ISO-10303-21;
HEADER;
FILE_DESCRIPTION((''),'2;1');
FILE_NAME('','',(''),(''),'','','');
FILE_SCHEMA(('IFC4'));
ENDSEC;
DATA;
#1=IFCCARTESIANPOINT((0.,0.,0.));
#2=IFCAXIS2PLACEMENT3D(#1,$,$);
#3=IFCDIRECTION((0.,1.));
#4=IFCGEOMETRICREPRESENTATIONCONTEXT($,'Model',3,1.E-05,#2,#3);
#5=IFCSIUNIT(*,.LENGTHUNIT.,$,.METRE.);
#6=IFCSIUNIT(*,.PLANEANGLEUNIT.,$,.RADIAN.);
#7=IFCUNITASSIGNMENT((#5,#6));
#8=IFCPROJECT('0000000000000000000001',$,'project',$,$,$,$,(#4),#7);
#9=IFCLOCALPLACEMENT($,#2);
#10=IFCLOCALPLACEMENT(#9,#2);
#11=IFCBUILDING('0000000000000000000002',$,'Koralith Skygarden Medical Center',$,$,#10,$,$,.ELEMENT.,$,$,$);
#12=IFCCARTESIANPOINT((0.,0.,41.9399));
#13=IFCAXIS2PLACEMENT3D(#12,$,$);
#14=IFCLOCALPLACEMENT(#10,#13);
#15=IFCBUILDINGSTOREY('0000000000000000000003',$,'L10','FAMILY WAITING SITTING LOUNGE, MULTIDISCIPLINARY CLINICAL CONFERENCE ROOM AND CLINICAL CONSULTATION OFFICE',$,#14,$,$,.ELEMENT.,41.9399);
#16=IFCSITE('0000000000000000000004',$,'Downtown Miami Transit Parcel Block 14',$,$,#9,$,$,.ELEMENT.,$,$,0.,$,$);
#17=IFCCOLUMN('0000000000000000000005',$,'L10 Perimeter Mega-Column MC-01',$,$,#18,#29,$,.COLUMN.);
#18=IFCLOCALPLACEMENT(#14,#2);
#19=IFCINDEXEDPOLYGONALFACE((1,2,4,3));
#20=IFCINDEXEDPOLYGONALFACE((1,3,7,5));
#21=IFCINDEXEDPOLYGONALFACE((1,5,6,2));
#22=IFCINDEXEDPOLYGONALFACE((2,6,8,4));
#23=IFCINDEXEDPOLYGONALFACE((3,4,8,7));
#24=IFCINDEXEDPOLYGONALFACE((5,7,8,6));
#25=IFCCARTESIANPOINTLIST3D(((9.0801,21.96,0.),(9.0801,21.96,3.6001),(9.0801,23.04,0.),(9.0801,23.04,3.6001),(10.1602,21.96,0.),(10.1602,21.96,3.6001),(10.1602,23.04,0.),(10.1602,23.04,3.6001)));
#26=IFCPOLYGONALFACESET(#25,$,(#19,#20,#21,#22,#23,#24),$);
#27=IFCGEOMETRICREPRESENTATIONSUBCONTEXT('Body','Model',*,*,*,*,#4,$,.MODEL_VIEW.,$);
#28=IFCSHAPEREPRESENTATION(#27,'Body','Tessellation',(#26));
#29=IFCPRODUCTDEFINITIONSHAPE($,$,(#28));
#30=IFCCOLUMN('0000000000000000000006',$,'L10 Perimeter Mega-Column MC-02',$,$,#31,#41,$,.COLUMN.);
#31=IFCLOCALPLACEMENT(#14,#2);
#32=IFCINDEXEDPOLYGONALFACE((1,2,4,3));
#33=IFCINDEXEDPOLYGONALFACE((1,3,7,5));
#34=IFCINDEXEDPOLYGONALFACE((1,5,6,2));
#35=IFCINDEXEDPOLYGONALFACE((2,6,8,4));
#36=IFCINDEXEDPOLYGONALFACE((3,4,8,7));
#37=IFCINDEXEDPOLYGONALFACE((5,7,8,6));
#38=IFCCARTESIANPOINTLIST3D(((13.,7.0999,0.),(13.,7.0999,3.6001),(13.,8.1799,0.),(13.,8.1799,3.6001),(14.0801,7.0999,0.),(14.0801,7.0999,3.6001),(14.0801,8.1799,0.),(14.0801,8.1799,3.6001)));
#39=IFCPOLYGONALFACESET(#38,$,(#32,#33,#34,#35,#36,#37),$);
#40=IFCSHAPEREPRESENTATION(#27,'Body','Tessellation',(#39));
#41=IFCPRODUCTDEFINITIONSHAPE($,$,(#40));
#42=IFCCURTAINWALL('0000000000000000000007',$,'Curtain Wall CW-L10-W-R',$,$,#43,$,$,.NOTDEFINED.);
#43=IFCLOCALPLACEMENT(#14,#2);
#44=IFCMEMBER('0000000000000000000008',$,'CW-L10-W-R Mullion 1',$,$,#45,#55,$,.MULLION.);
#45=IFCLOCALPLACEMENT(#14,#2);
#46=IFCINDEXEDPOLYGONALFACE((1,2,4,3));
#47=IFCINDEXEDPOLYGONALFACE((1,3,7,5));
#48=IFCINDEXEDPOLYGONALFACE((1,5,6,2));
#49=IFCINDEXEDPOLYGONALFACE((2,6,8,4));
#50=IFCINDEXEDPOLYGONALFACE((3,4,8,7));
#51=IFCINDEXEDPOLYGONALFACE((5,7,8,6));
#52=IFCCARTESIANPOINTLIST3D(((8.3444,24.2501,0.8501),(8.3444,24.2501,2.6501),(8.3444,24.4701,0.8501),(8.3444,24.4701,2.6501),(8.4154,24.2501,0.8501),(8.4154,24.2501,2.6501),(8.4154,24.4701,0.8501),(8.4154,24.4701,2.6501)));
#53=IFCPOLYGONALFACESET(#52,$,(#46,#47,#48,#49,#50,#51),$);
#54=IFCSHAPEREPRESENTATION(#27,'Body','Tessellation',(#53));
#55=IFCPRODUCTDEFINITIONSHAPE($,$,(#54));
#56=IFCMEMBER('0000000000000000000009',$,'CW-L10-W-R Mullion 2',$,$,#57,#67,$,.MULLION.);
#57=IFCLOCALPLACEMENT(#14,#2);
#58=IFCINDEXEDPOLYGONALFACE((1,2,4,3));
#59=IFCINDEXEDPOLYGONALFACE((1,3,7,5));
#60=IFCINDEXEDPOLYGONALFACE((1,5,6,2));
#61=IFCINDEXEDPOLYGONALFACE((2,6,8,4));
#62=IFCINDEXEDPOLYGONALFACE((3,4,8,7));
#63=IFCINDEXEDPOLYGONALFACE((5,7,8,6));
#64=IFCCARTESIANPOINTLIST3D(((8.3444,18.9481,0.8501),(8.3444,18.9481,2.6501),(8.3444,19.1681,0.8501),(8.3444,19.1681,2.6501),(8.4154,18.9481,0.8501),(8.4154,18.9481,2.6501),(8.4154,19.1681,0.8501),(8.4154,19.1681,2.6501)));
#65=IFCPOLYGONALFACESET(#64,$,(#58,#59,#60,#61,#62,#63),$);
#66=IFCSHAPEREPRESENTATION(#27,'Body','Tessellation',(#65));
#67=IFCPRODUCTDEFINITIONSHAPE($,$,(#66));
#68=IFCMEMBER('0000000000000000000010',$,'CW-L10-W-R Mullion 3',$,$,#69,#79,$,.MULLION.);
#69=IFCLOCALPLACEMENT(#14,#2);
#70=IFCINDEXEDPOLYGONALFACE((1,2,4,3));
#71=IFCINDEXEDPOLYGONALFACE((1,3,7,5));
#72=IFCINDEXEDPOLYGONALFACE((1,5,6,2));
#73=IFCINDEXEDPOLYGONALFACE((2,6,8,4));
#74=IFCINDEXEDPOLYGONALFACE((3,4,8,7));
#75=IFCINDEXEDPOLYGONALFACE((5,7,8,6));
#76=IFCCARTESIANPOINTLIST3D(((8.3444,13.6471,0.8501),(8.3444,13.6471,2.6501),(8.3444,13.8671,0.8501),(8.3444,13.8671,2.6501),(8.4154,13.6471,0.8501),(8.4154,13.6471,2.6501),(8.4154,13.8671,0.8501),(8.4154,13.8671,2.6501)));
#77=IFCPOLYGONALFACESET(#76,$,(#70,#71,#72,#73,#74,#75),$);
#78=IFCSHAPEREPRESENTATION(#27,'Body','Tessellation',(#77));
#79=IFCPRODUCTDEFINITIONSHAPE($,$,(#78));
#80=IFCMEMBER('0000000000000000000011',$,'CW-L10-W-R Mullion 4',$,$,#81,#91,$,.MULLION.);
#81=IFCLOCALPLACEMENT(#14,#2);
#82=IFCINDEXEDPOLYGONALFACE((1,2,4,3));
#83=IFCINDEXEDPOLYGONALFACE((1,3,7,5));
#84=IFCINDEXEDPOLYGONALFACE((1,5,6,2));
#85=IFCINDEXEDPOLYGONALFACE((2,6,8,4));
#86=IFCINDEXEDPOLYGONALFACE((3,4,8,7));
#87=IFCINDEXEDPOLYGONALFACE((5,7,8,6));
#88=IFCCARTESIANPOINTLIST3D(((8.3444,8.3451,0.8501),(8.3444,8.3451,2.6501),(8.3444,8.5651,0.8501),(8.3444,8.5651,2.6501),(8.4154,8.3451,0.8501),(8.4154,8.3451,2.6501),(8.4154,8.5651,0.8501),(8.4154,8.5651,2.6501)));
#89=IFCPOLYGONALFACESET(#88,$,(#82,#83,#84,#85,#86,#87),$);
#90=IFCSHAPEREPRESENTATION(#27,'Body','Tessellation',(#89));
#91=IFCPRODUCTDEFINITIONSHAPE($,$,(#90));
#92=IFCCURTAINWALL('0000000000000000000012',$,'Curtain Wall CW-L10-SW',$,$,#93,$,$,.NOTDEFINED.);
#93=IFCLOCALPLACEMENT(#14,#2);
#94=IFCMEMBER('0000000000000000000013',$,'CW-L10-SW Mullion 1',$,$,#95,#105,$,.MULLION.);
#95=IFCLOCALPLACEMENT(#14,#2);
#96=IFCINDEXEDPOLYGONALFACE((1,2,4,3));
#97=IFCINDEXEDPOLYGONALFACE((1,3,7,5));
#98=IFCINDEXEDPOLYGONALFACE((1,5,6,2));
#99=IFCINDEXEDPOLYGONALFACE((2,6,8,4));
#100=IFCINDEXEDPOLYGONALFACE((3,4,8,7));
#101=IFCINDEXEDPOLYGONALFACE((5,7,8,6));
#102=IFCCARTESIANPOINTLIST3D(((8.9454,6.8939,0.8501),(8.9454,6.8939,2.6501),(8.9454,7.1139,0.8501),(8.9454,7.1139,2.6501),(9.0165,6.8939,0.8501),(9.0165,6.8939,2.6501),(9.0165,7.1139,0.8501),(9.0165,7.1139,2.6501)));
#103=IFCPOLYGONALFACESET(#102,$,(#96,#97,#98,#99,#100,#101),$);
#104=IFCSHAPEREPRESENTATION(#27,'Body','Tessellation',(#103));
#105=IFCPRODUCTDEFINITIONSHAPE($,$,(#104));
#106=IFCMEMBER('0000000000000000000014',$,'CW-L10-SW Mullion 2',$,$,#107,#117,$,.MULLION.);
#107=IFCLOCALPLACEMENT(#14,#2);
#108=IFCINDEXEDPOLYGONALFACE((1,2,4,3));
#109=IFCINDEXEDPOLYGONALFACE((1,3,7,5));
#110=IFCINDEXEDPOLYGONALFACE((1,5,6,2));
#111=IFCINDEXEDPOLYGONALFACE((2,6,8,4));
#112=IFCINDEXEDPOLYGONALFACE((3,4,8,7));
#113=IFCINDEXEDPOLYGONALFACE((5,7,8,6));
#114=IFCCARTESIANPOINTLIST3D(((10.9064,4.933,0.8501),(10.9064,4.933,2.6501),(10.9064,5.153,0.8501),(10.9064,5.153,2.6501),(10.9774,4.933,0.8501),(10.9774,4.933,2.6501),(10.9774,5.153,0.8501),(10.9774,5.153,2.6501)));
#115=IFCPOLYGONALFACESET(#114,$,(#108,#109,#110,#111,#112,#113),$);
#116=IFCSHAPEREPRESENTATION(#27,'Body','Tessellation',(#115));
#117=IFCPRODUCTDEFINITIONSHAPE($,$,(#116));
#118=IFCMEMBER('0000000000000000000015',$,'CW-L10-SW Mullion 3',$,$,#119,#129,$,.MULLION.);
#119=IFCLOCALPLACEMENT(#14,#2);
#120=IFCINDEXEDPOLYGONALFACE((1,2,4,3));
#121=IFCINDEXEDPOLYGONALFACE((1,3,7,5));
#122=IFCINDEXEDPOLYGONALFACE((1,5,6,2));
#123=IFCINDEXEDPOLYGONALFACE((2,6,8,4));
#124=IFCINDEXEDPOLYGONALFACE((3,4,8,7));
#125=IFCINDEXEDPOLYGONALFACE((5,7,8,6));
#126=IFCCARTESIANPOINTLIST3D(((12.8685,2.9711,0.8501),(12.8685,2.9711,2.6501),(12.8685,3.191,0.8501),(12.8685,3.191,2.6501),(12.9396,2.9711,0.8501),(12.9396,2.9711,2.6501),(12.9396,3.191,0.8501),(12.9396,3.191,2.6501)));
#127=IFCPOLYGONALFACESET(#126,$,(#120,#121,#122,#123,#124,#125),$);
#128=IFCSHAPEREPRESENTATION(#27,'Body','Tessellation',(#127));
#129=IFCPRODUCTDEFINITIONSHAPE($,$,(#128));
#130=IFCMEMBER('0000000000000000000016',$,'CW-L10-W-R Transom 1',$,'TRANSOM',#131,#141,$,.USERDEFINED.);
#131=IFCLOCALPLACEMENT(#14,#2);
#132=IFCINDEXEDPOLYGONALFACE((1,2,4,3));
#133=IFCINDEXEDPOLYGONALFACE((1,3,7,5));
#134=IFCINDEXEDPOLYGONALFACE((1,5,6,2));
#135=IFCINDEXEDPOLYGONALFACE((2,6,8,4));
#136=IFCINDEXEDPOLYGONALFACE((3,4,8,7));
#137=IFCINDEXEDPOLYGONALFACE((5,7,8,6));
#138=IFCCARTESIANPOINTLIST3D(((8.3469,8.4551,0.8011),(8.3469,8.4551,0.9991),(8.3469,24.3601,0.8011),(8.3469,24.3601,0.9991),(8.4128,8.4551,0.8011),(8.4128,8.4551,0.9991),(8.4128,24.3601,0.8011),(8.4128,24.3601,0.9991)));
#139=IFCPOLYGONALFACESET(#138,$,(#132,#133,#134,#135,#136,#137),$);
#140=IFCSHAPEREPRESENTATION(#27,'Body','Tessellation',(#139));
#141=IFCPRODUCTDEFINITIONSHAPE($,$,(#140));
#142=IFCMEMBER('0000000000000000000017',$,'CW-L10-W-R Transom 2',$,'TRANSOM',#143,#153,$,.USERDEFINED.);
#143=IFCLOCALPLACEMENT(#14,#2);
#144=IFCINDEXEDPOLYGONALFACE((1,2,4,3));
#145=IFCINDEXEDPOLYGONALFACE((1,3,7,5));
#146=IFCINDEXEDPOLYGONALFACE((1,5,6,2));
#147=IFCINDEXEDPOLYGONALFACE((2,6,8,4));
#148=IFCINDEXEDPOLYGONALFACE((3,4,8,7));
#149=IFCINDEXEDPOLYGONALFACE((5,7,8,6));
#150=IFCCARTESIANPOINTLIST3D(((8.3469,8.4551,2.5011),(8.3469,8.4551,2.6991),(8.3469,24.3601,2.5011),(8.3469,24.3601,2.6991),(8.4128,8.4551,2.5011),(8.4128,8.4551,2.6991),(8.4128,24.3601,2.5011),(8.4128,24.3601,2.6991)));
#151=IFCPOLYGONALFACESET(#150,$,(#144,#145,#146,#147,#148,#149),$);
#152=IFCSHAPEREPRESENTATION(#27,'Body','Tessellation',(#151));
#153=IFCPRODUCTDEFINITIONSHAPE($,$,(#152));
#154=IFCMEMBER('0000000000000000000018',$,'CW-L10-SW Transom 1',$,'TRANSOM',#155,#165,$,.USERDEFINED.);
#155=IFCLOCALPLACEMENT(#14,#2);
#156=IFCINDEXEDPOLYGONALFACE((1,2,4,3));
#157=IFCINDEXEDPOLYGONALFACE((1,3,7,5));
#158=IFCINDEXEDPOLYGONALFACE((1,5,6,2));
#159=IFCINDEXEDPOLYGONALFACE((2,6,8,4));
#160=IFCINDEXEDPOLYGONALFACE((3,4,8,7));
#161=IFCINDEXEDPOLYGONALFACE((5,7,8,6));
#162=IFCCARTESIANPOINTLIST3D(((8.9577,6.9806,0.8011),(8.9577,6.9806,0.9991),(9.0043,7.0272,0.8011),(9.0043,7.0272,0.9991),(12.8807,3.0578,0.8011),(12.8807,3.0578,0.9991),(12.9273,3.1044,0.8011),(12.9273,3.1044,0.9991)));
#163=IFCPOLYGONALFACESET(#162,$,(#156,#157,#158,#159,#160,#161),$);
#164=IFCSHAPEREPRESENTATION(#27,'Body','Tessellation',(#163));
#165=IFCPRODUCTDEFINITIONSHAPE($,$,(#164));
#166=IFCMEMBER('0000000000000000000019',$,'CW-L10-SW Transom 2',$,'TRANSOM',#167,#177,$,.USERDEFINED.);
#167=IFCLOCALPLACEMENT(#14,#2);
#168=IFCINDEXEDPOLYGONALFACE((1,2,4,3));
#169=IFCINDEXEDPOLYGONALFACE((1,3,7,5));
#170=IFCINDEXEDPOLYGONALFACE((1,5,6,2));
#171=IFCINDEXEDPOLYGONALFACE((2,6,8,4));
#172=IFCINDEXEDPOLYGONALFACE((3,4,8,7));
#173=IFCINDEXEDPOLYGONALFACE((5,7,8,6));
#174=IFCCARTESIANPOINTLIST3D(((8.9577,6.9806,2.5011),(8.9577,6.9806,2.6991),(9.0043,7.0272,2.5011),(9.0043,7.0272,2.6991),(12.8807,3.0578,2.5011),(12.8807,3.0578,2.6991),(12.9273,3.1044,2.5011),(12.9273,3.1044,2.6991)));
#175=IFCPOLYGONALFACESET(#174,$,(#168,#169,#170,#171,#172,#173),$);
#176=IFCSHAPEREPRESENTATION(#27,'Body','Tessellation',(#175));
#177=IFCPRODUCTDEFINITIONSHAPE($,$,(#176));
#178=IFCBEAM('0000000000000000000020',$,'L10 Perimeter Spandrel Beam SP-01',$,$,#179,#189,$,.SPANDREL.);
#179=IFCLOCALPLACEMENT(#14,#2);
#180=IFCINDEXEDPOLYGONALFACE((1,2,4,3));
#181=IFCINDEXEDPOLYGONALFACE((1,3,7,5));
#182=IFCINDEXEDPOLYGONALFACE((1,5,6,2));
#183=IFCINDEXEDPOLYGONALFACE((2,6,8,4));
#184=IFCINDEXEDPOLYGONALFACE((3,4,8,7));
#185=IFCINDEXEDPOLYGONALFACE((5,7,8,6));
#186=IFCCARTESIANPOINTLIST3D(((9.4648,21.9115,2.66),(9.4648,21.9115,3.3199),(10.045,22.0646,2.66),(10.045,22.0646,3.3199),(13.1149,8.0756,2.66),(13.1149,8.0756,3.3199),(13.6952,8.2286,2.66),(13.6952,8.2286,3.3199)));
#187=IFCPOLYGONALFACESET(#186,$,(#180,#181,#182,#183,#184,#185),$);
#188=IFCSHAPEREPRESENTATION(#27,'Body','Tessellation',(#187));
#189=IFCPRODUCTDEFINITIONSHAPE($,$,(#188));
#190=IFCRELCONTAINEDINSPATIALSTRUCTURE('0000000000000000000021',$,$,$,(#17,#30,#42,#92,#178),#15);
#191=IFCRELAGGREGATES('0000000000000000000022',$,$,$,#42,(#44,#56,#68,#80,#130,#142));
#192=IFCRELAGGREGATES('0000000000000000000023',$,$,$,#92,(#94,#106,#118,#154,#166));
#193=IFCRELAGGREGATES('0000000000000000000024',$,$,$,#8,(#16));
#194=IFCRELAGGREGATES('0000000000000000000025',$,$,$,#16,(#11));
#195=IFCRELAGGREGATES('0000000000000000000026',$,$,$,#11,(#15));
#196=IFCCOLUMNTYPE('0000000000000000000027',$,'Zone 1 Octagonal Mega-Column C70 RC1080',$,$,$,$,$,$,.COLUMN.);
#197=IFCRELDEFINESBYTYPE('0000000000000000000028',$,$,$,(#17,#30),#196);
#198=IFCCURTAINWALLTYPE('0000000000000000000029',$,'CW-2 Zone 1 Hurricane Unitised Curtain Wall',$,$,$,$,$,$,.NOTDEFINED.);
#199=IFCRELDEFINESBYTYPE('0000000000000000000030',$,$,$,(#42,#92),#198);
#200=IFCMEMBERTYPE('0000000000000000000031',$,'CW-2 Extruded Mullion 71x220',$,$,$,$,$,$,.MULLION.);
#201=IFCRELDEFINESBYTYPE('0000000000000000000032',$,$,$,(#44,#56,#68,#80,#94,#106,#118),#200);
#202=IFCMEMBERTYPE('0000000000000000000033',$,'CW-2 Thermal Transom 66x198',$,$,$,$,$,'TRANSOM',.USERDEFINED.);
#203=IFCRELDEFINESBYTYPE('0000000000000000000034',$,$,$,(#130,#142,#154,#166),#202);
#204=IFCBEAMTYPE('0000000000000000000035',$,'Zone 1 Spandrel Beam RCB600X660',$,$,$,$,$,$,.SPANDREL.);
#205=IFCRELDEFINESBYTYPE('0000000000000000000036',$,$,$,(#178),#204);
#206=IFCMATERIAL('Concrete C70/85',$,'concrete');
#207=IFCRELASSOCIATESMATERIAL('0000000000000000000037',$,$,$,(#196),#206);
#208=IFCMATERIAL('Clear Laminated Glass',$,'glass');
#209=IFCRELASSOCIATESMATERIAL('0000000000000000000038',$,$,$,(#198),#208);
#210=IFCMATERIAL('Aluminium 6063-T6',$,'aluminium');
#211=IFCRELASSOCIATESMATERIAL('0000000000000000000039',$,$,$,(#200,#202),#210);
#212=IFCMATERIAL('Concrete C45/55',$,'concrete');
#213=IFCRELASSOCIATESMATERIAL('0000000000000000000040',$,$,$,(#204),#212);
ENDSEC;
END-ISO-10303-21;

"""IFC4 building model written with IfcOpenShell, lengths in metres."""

from ifc_helpers import new_model, si_unit, direction, frame, origin, origin_2d, place, context, subcontext, project, spatial, rectangle, extrude, material, material_profile, profile_set, type_object, element, aggregate, save


model = new_model("IFC4")

# Units and contexts
model_context = context("Model", 3, precision=1e-05, world=origin(), true_north=direction((0.0, 1.0)))
body_context = subcontext(model_context, "Body", "Model", "MODEL_VIEW")
ifc_project = project(units=[si_unit("LENGTHUNIT", "METRE"), si_unit("PLANEANGLEUNIT", "RADIAN")], contexts=[model_context])

# Site, building, storey
site_placement = place(None, origin())
site = spatial("IfcSite", under=ifc_project, at=site_placement, Name="Downtown Miami Transit Parcel Block 14", CompositionType="ELEMENT", RefElevation=0.0)
building_placement = place(site_placement, origin())
building = spatial("IfcBuilding", under=site, at=building_placement, Name="Koralith Skygarden Medical Center", CompositionType="ELEMENT")
storey_placement = place(building_placement, frame((0.0, 0.0, 41.9399)))
storey = spatial("IfcBuildingStorey", under=building, at=storey_placement, Name="L10", Description="FAMILY WAITING SITTING LOUNGE, MULTIDISCIPLINARY CLINICAL CONFERENCE ROOM AND CLINICAL CONSULTATION OFFICE", CompositionType="ELEMENT", Elevation=41.9399)

# Columns
ifc_material_1 = material(Name="Concrete C70/85", Category="concrete")
ifc_material_profile_1 = material_profile(ifc_material_1, rectangle(XDim=1.0801, YDim=1.0801, at=origin_2d()), Name="RC1080X1080")
ifc_profile_set_1 = profile_set([ifc_material_profile_1], Name="Concrete C70/85")
column_type = type_object("IfcColumnType", Name="Zone 1 Octagonal Mega-Column C70 RC1080", PredefinedType="COLUMN", material=ifc_profile_set_1)
for number, where, z_axis, x_axis, name in (
    (1, (9.6201, 22.5, 0.0), (0.0, 0.0, 1.0), (1.0, 0.0, 0.0), "L10 Perimeter Mega-Column MC-01"),
    (2, (13.54, 7.6399, 0.0), (0.0, 0.0, 1.0), (1.0, 0.0, 0.0), "L10 Perimeter Mega-Column MC-02"),
):
    element("IfcColumn", number, at=place(storey_placement, frame(where, z_axis=z_axis, x_axis=x_axis)), inside=storey, type_object=column_type, Name=name, PredefinedType="COLUMN", context=body_context, shape_type="SweptSolid", body=[
        extrude(rectangle(XDim=1.0801, YDim=1.0801, at=origin_2d()), origin(), (0.0, 0.0, 1.0), 3.6001),
    ])

# Curtain walls, members
ifc_material_2 = material(Name="Clear Laminated Glass", Category="glass")
curtain_wall_type = type_object("IfcCurtainWallType", Name="CW-2 Zone 1 Hurricane Unitised Curtain Wall", PredefinedType="NOTDEFINED", material=ifc_material_2)
curtain_wall_1_placement = place(storey_placement, origin())
curtain_wall_1 = element("IfcCurtainWall", 3, at=curtain_wall_1_placement, inside=storey, type_object=curtain_wall_type, Name="Curtain Wall CW-L10-W-R", PredefinedType="NOTDEFINED")
ifc_material_3 = material(Name="Aluminium 6063-T6", Category="aluminium")
ifc_material_profile_2 = material_profile(ifc_material_3, rectangle(XDim=0.071, YDim=0.22, at=origin_2d()), Name="MUL71X220")
ifc_profile_set_2 = profile_set([ifc_material_profile_2], Name="Aluminium 6063-T6")
member_type_1 = type_object("IfcMemberType", Name="CW-2 Extruded Mullion 71x220", PredefinedType="MULLION", material=ifc_profile_set_2)
member_1_placement = place(storey_placement, frame((8.3799, 24.3601, 0.8501), z_axis=(0.0, 0.0, 1.0), x_axis=(1.0, 0.0, 0.0)))
member_1 = element("IfcMember", 4, at=member_1_placement, type_object=member_type_1, Name="CW-L10-W-R Mullion 1", PredefinedType="MULLION", context=body_context, shape_type="SweptSolid", body=[
    extrude(rectangle(XDim=0.071, YDim=0.22, at=origin_2d()), origin(), (0.0, 0.0, 1.0), 1.8),
])
member_2_placement = place(storey_placement, frame((8.3799, 19.0581, 0.8501), z_axis=(0.0, 0.0, 1.0), x_axis=(1.0, 0.0, 0.0)))
member_2 = element("IfcMember", 5, at=member_2_placement, type_object=member_type_1, Name="CW-L10-W-R Mullion 2", PredefinedType="MULLION", context=body_context, shape_type="SweptSolid", body=[
    extrude(rectangle(XDim=0.071, YDim=0.22, at=origin_2d()), origin(), (0.0, 0.0, 1.0), 1.8),
])
member_3_placement = place(storey_placement, frame((8.3799, 13.7571, 0.8501), z_axis=(0.0, 0.0, 1.0), x_axis=(1.0, 0.0, 0.0)))
member_3 = element("IfcMember", 6, at=member_3_placement, type_object=member_type_1, Name="CW-L10-W-R Mullion 3", PredefinedType="MULLION", context=body_context, shape_type="SweptSolid", body=[
    extrude(rectangle(XDim=0.071, YDim=0.22, at=origin_2d()), origin(), (0.0, 0.0, 1.0), 1.8),
])
member_4_placement = place(storey_placement, frame((8.3799, 8.4551, 0.8501), z_axis=(0.0, 0.0, 1.0), x_axis=(1.0, 0.0, 0.0)))
member_4 = element("IfcMember", 7, at=member_4_placement, type_object=member_type_1, Name="CW-L10-W-R Mullion 4", PredefinedType="MULLION", context=body_context, shape_type="SweptSolid", body=[
    extrude(rectangle(XDim=0.071, YDim=0.22, at=origin_2d()), origin(), (0.0, 0.0, 1.0), 1.8),
])
curtain_wall_2_placement = place(storey_placement, origin())
curtain_wall_2 = element("IfcCurtainWall", 8, at=curtain_wall_2_placement, inside=storey, type_object=curtain_wall_type, Name="Curtain Wall CW-L10-SW", PredefinedType="NOTDEFINED")
member_5_placement = place(storey_placement, frame((8.981, 7.0039, 0.8501), z_axis=(0.0, 0.0, 1.0), x_axis=(1.0, 0.0, 0.0)))
member_5 = element("IfcMember", 9, at=member_5_placement, type_object=member_type_1, Name="CW-L10-SW Mullion 1", PredefinedType="MULLION", context=body_context, shape_type="SweptSolid", body=[
    extrude(rectangle(XDim=0.071, YDim=0.22, at=origin_2d()), origin(), (0.0, 0.0, 1.0), 1.8),
])
member_6_placement = place(storey_placement, frame((10.9419, 5.043, 0.8501), z_axis=(0.0, 0.0, 1.0), x_axis=(1.0, 0.0, 0.0)))
member_6 = element("IfcMember", 10, at=member_6_placement, type_object=member_type_1, Name="CW-L10-SW Mullion 2", PredefinedType="MULLION", context=body_context, shape_type="SweptSolid", body=[
    extrude(rectangle(XDim=0.071, YDim=0.22, at=origin_2d()), origin(), (0.0, 0.0, 1.0), 1.8),
])
member_7_placement = place(storey_placement, frame((12.9041, 3.0811, 0.8501), z_axis=(0.0, 0.0, 1.0), x_axis=(1.0, 0.0, 0.0)))
member_7 = element("IfcMember", 11, at=member_7_placement, type_object=member_type_1, Name="CW-L10-SW Mullion 3", PredefinedType="MULLION", context=body_context, shape_type="SweptSolid", body=[
    extrude(rectangle(XDim=0.071, YDim=0.22, at=origin_2d()), origin(), (0.0, 0.0, 1.0), 1.8),
])

# Members
ifc_material_profile_3 = material_profile(ifc_material_3, rectangle(XDim=0.0659, YDim=0.198, at=origin_2d()), Name="TRN66X198")
ifc_profile_set_3 = profile_set([ifc_material_profile_3], Name="Aluminium 6063-T6")
member_type_2 = type_object("IfcMemberType", Name="CW-2 Thermal Transom 66x198", ElementType="TRANSOM", PredefinedType="USERDEFINED", material=ifc_profile_set_3)
member_8_placement = place(storey_placement, frame((8.3799, 24.3601, 0.9001), z_axis=(0.0, -1.0, 0.0), x_axis=(1.0, 0.0, 0.0)))
member_8 = element("IfcMember", 12, at=member_8_placement, type_object=member_type_2, Name="CW-L10-W-R Transom 1", ObjectType="TRANSOM", PredefinedType="USERDEFINED", context=body_context, shape_type="SweptSolid", body=[
    extrude(rectangle(XDim=0.0659, YDim=0.198, at=origin_2d()), origin(), (0.0, 0.0, 1.0), 15.905),
])
member_9_placement = place(storey_placement, frame((8.3799, 24.3601, 2.6001), z_axis=(0.0, -1.0, 0.0), x_axis=(1.0, 0.0, 0.0)))
member_9 = element("IfcMember", 13, at=member_9_placement, type_object=member_type_2, Name="CW-L10-W-R Transom 2", ObjectType="TRANSOM", PredefinedType="USERDEFINED", context=body_context, shape_type="SweptSolid", body=[
    extrude(rectangle(XDim=0.0659, YDim=0.198, at=origin_2d()), origin(), (0.0, 0.0, 1.0), 15.905),
])
member_10_placement = place(storey_placement, frame((8.981, 7.0039, 0.9001), z_axis=(0.707129, -0.707085, 0.0), x_axis=(0.707085, 0.707129, 0.0)))
member_10 = element("IfcMember", 14, at=member_10_placement, type_object=member_type_2, Name="CW-L10-SW Transom 1", ObjectType="TRANSOM", PredefinedType="USERDEFINED", context=body_context, shape_type="SweptSolid", body=[
    extrude(rectangle(XDim=0.0659, YDim=0.198, at=origin_2d()), origin(), (0.0, 0.0, 1.0), 5.5479),
])
member_11_placement = place(storey_placement, frame((8.981, 7.0039, 2.6001), z_axis=(0.707129, -0.707085, 0.0), x_axis=(0.707085, 0.707129, 0.0)))
member_11 = element("IfcMember", 15, at=member_11_placement, type_object=member_type_2, Name="CW-L10-SW Transom 2", ObjectType="TRANSOM", PredefinedType="USERDEFINED", context=body_context, shape_type="SweptSolid", body=[
    extrude(rectangle(XDim=0.0659, YDim=0.198, at=origin_2d()), origin(), (0.0, 0.0, 1.0), 5.5479),
])

# Beam
ifc_material_4 = material(Name="Concrete C45/55", Category="concrete")
ifc_material_profile_4 = material_profile(ifc_material_4, rectangle(XDim=0.6001, YDim=0.6599, at=origin_2d()), Name="RCB600X660")
ifc_profile_set_4 = profile_set([ifc_material_profile_4], Name="Concrete C45/55")
beam_type = type_object("IfcBeamType", Name="Zone 1 Spandrel Beam RCB600X660", PredefinedType="SPANDREL", material=ifc_profile_set_4)
beam_1_placement = place(storey_placement, frame((9.7549, 21.988, 2.99), z_axis=(0.255089, -0.966918, 0.0), x_axis=(0.966918, 0.255089, 0.0)))
element("IfcBeam", 16, at=beam_1_placement, inside=storey, type_object=beam_type, Name="L10 Perimeter Spandrel Beam SP-01", PredefinedType="SPANDREL", context=body_context, shape_type="SweptSolid", body=[
    extrude(rectangle(XDim=0.6001, YDim=0.6599, at=origin_2d()), origin(), (0.0, 0.0, 1.0), 14.3093),
])

aggregate(curtain_wall_1, [member_1, member_2, member_3, member_4, member_8, member_9])
aggregate(curtain_wall_2, [member_5, member_6, member_7, member_10, member_11])

save(model, "model.ifc")
